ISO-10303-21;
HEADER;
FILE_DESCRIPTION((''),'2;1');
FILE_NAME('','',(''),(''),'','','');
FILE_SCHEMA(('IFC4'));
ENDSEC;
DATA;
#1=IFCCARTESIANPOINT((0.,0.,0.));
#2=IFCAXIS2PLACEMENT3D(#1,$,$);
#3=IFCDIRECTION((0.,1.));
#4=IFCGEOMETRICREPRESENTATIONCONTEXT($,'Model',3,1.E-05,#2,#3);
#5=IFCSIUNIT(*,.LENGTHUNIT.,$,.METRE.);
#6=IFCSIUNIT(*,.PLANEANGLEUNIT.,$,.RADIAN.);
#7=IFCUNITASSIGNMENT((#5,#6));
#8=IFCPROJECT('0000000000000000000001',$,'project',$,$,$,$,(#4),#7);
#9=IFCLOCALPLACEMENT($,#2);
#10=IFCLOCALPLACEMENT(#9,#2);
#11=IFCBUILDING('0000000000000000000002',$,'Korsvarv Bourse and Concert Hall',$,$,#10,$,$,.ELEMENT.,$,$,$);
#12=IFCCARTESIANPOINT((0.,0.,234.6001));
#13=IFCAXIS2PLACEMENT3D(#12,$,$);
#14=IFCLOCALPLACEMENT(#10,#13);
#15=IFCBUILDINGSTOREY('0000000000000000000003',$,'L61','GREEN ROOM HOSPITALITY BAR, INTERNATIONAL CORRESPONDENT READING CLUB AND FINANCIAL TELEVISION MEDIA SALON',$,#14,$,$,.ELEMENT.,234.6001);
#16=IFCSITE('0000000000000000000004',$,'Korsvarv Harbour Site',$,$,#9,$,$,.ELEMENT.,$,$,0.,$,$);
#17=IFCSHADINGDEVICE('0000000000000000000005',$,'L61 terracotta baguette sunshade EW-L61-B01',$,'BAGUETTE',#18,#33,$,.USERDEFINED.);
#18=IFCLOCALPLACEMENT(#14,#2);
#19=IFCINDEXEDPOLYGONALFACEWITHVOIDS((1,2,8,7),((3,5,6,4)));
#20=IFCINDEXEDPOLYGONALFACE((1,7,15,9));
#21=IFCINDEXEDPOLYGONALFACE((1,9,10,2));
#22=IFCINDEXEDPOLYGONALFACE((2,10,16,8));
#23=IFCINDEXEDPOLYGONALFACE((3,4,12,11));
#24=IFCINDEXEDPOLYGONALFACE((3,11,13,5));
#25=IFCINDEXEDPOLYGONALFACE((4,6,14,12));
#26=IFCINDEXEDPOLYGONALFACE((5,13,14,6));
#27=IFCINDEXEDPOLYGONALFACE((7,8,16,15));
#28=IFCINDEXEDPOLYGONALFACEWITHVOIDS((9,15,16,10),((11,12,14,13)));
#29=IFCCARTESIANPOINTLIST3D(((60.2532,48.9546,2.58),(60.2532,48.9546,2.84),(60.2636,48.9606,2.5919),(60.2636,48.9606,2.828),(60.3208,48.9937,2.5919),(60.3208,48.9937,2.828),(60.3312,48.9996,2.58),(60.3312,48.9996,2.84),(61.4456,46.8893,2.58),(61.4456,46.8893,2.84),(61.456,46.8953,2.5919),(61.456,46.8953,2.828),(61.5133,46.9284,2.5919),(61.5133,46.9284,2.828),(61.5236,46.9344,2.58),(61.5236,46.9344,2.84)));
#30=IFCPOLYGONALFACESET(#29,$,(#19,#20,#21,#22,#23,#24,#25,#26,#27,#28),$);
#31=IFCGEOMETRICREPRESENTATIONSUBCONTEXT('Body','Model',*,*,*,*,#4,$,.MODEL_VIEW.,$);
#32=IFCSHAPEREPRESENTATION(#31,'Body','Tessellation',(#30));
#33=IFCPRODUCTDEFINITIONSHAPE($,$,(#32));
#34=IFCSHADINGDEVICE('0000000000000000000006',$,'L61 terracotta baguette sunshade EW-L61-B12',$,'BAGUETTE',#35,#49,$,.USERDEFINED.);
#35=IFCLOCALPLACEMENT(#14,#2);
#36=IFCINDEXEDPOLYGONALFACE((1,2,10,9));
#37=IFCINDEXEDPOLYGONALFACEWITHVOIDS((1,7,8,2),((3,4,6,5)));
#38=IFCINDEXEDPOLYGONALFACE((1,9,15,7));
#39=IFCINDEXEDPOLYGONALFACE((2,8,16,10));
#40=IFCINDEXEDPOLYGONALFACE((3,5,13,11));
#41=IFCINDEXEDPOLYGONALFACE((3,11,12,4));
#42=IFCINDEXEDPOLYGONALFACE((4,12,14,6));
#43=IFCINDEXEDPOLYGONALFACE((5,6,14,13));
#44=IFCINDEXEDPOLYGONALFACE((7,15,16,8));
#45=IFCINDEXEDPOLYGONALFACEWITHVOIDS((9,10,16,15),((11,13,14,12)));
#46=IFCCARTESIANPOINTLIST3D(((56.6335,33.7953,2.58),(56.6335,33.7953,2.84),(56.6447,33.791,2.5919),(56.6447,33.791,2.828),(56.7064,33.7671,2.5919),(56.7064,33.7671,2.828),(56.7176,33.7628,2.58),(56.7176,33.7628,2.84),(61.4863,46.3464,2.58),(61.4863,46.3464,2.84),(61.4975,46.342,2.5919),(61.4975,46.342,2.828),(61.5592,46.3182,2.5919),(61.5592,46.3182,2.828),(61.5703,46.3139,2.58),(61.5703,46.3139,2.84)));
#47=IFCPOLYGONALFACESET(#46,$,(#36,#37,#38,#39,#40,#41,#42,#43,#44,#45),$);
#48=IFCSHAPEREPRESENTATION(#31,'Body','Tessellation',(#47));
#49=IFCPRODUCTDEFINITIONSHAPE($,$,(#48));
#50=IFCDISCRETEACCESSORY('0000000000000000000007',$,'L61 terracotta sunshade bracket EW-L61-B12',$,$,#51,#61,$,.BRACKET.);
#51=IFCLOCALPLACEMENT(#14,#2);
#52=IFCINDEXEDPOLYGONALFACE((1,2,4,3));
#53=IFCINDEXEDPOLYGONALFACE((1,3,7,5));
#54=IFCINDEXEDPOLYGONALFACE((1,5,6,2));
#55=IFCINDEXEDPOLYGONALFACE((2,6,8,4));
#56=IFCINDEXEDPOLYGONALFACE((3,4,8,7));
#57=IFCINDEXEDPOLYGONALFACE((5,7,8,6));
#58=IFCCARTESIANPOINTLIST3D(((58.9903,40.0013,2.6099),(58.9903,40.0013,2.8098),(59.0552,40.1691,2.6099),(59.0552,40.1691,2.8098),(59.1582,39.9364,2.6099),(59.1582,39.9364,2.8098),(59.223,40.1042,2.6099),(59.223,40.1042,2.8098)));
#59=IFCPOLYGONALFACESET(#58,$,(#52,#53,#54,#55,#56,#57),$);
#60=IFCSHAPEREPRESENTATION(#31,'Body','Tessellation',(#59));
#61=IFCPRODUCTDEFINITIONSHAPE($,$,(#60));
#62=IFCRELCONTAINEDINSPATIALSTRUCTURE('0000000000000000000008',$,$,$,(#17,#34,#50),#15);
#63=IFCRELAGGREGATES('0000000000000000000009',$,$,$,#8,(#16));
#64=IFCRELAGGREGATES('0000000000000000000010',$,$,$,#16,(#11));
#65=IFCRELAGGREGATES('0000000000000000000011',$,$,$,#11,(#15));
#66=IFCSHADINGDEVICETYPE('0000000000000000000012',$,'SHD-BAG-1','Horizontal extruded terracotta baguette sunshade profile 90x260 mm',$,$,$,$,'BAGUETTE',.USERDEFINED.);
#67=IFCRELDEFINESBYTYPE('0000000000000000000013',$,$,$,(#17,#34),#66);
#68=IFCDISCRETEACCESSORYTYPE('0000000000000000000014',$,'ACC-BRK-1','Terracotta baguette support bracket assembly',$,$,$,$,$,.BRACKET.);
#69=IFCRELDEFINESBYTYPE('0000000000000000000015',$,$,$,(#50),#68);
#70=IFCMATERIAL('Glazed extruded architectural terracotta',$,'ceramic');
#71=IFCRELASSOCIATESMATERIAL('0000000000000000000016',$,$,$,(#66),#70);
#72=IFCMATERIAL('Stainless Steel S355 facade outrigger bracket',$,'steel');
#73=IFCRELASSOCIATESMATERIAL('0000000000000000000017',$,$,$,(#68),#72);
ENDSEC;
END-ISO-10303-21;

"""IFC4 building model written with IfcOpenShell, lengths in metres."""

from ifc_helpers import new_model, si_unit, direction, frame, origin, origin_2d, place, context, subcontext, project, spatial, rectangle, hollow_rectangle, extrude, source, transform, mapped, material, material_profile, profile_set, type_object, element, save


model = new_model("IFC4")

# Units and contexts
model_context = context("Model", 3, precision=1e-05, world=origin(), true_north=direction((0.0, 1.0)))
body_context = subcontext(model_context, "Body", "Model", "MODEL_VIEW")
ifc_project = project(units=[si_unit("LENGTHUNIT", "METRE"), si_unit("PLANEANGLEUNIT", "RADIAN")], contexts=[model_context])

# Site, building, storey
site_placement = place(None, origin())
site = spatial("IfcSite", under=ifc_project, at=site_placement, Name="Korsvarv Harbour Site", CompositionType="ELEMENT", RefElevation=0.0)
building_placement = place(site_placement, origin())
building = spatial("IfcBuilding", under=site, at=building_placement, Name="Korsvarv Bourse and Concert Hall", CompositionType="ELEMENT")
storey_placement = place(building_placement, frame((0.0, 0.0, 234.6001)))
storey = spatial("IfcBuildingStorey", under=building, at=storey_placement, Name="L61", Description="GREEN ROOM HOSPITALITY BAR, INTERNATIONAL CORRESPONDENT READING CLUB AND FINANCIAL TELEVISION MEDIA SALON", CompositionType="ELEMENT", Elevation=234.6001)

# Shading devices
ifc_material_1 = material(Name="Glazed extruded architectural terracotta", Category="ceramic")
ifc_material_profile_1 = material_profile(ifc_material_1, hollow_rectangle(XDim=0.0901, YDim=0.26, WallThickness=0.012, at=origin_2d()), Name="TC-BAG 90x260")
ifc_profile_set_1 = profile_set([ifc_material_profile_1], Name="Glazed extruded architectural terracotta")
shading_device_type = type_object("IfcShadingDeviceType", Name="SHD-BAG-1", Description="Horizontal extruded terracotta baguette sunshade profile 90x260 mm", ElementType="BAGUETTE", PredefinedType="USERDEFINED", material=ifc_profile_set_1)
shared_shape_1 = source(origin(), body_context, "Body", "SweptSolid", [
    extrude(hollow_rectangle(XDim=0.0901, YDim=0.26, WallThickness=0.012, at=origin_2d()), origin(), (0.0, 0.0, 1.0), 2.3848),
])
shading_device_1_placement = place(storey_placement, frame((61.4846, 46.9119, 2.71), z_axis=(-0.500015, 0.866017, 0.0), x_axis=(-0.866017, -0.500015, 0.0)))
element("IfcShadingDevice", 1, at=shading_device_1_placement, inside=storey, type_object=shading_device_type, Name="L61 terracotta baguette sunshade EW-L61-B01", ObjectType="BAGUETTE", PredefinedType="USERDEFINED", context=body_context, shape_type="MappedRepresentation", body=[
    mapped(shared_shape_1, transform((0.0, 0.0, 0.0), scale=1.0)),
])
shared_shape_2 = source(origin(), body_context, "Body", "SweptSolid", [
    extrude(hollow_rectangle(XDim=0.0901, YDim=0.26, WallThickness=0.012, at=origin_2d()), origin(), (0.0, 0.0, 1.0), 13.4565),
])
shading_device_2_placement = place(storey_placement, frame((56.6755, 33.7791, 2.71), z_axis=(0.360627, 0.93271, 0.0), x_axis=(-0.93271, 0.360627, 0.0)))
element("IfcShadingDevice", 2, at=shading_device_2_placement, inside=storey, type_object=shading_device_type, Name="L61 terracotta baguette sunshade EW-L61-B12", ObjectType="BAGUETTE", PredefinedType="USERDEFINED", context=body_context, shape_type="MappedRepresentation", body=[
    mapped(shared_shape_2, transform((0.0, 0.0, 0.0), scale=1.0)),
])

# Discrete accessory
ifc_material_2 = material(Name="Stainless Steel S355 facade outrigger bracket", Category="steel")
discrete_accessory_type = type_object("IfcDiscreteAccessoryType", Name="ACC-BRK-1", Description="Terracotta baguette support bracket assembly", PredefinedType="BRACKET", material=ifc_material_2)
shared_shape_3 = source(origin(), body_context, "Body", "SweptSolid", [
    extrude(rectangle(XDim=0.1799, YDim=0.1799, at=origin_2d()), origin(), (0.0, 0.0, 1.0), 0.2),
])
discrete_accessory_placement = place(storey_placement, frame((59.1067, 40.0527, 2.6099), z_axis=(0.0, 0.0, 1.0), x_axis=(0.360648, 0.932702, 0.0)))
element("IfcDiscreteAccessory", 3, at=discrete_accessory_placement, inside=storey, type_object=discrete_accessory_type, Name="L61 terracotta sunshade bracket EW-L61-B12", PredefinedType="BRACKET", context=body_context, shape_type="MappedRepresentation", body=[
    mapped(shared_shape_3, transform((0.0, 0.0, 0.0), scale=1.0)),
])

save(model, "model.ifc")
